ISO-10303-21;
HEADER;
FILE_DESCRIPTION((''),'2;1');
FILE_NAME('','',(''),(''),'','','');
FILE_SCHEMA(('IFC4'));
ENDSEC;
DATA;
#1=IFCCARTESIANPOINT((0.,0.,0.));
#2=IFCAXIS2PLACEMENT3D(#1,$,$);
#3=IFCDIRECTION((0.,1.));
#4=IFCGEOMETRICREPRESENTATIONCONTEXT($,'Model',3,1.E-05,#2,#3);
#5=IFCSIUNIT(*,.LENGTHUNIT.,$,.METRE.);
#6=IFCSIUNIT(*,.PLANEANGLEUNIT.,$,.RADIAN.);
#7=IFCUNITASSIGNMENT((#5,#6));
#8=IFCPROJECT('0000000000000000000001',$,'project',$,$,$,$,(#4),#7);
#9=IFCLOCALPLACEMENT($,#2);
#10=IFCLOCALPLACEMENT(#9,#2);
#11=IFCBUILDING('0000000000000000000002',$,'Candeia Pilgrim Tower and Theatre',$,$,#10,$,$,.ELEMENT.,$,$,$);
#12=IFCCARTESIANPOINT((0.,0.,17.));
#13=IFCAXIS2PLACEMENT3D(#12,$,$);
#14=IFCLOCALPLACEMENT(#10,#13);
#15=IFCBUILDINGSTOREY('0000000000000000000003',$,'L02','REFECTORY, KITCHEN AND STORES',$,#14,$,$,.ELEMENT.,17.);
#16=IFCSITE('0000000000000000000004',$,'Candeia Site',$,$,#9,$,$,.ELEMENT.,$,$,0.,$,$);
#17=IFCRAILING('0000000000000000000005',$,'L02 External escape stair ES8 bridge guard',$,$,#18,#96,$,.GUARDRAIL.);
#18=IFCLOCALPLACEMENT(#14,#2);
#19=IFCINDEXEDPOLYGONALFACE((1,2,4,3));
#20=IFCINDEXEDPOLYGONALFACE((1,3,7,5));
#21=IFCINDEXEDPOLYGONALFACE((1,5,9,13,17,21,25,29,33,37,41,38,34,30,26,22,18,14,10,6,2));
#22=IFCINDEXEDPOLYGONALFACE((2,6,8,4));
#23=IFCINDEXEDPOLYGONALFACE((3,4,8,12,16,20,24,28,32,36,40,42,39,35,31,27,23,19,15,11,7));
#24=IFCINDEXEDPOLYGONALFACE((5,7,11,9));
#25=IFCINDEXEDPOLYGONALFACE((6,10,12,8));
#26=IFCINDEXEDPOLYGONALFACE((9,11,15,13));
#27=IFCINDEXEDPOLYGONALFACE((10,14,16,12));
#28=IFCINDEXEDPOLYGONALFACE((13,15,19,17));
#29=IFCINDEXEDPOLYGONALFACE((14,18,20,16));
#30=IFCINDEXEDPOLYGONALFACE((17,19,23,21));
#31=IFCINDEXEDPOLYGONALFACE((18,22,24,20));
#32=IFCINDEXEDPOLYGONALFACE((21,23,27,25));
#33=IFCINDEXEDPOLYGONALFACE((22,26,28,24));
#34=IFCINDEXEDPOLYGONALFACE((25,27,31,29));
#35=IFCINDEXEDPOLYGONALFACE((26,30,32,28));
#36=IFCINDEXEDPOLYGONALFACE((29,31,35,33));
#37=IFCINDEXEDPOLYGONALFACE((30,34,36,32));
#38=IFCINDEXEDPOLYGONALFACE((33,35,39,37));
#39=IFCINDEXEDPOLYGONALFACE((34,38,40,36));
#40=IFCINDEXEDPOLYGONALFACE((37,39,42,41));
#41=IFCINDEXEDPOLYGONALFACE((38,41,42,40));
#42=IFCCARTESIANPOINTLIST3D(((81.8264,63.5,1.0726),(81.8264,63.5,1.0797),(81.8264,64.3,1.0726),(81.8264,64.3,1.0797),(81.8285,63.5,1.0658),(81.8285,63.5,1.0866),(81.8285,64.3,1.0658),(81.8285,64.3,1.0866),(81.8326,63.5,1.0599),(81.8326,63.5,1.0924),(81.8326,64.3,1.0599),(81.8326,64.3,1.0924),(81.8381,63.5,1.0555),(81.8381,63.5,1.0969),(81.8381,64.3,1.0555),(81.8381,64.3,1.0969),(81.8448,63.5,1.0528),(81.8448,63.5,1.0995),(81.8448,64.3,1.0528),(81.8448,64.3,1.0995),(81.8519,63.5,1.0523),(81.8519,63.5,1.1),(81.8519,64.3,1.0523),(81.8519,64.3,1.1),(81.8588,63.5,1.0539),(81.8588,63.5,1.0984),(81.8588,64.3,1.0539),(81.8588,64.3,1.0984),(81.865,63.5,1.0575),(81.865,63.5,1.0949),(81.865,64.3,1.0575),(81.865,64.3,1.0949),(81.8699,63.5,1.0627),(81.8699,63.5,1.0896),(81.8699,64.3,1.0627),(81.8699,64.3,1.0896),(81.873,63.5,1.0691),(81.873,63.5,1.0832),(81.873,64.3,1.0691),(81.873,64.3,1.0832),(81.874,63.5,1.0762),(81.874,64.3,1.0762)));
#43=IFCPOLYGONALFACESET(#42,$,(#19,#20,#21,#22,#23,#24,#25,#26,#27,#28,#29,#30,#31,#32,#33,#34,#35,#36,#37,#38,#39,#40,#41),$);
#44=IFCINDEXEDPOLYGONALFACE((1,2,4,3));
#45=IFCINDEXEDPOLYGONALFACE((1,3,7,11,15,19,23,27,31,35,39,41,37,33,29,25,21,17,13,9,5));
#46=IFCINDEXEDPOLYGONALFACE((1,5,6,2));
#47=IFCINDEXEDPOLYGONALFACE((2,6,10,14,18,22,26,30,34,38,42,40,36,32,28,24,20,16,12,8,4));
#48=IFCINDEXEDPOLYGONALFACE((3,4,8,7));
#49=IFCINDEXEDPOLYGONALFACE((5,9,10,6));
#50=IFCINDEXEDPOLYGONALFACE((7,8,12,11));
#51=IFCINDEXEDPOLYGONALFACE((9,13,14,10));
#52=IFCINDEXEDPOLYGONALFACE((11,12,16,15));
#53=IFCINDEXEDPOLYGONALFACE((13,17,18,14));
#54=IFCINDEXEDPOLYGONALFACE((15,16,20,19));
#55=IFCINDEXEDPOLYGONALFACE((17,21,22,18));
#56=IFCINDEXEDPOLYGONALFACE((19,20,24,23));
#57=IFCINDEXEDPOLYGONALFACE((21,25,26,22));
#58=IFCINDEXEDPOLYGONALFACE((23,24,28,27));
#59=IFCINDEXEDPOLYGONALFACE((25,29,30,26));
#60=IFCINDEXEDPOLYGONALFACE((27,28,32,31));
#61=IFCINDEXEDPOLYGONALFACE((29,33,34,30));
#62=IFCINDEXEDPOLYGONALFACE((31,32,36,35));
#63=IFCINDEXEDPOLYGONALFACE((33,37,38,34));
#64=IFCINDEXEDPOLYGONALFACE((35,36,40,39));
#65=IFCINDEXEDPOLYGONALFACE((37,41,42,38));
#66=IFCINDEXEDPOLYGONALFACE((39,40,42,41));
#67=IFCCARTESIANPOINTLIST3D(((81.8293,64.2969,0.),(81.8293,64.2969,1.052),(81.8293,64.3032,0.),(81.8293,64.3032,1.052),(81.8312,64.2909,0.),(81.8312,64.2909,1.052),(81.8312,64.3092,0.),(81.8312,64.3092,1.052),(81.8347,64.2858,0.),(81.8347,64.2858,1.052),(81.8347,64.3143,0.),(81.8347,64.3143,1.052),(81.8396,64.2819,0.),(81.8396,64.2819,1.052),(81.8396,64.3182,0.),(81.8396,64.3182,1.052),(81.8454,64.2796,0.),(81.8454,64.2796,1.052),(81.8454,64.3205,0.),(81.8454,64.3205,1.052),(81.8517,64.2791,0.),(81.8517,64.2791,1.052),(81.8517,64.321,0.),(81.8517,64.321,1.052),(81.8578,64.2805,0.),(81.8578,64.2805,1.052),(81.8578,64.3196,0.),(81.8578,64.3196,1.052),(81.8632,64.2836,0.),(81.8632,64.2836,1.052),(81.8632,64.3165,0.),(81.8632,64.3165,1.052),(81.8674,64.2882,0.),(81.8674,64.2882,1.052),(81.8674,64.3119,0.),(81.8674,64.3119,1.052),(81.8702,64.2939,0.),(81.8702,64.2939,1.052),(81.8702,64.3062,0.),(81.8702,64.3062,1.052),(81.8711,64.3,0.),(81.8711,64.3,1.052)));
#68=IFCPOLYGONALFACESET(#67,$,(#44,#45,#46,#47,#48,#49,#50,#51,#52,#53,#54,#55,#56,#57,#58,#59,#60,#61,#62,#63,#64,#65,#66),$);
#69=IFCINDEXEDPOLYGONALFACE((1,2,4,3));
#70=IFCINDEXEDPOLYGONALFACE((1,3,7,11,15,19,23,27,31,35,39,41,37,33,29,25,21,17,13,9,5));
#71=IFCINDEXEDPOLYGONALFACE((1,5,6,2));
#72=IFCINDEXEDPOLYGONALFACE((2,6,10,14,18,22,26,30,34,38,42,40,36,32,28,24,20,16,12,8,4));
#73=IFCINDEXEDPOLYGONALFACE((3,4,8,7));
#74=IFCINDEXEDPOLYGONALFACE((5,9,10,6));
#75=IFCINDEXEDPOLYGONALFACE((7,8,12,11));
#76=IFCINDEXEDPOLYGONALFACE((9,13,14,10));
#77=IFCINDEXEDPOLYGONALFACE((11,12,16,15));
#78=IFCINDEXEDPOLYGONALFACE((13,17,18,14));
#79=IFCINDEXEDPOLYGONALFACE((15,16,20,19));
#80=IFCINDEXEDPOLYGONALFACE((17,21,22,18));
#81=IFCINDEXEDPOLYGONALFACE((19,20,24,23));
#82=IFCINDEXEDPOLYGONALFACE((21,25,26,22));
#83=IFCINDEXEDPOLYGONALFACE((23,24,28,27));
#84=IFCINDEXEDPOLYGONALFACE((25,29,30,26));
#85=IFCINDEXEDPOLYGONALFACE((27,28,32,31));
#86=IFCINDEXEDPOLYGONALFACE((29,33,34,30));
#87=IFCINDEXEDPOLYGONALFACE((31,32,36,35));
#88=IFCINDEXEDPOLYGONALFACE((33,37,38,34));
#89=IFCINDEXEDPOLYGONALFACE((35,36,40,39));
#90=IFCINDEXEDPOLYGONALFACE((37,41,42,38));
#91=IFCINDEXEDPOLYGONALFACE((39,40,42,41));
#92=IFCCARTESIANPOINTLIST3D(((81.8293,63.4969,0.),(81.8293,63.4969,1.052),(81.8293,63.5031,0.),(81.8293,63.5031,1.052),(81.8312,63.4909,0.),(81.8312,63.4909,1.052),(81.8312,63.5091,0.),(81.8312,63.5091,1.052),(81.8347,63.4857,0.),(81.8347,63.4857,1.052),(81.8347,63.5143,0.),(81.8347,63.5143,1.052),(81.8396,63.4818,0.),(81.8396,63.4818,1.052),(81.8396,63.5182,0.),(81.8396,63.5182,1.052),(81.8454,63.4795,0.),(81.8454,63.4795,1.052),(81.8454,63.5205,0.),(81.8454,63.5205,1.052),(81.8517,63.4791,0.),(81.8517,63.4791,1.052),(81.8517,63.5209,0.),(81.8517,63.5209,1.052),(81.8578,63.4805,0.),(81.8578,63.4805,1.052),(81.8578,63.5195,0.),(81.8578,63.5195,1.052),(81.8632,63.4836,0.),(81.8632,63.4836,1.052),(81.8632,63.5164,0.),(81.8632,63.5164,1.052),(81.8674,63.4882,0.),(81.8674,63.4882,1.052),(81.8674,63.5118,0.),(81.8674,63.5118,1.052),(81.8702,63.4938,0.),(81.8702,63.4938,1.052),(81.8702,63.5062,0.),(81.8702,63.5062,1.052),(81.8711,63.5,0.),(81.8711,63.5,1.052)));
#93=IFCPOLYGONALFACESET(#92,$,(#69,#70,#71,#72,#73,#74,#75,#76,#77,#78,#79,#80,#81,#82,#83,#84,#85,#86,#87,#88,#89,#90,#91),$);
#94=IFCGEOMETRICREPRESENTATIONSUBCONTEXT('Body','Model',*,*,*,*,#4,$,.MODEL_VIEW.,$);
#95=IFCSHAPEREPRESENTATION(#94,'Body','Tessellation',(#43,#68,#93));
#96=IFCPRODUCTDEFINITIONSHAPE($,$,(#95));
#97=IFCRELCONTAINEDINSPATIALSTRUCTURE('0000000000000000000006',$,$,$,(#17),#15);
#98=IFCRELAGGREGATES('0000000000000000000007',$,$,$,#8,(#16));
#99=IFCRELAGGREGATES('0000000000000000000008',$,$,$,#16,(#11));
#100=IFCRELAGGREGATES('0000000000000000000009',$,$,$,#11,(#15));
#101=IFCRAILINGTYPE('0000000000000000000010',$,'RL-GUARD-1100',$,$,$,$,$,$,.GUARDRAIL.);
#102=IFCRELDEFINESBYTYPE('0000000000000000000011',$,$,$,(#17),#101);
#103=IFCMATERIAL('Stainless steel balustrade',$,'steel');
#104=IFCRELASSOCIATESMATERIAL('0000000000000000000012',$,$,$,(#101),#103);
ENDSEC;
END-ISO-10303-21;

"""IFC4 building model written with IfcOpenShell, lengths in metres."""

from ifc_helpers import new_model, si_unit, direction, frame, origin, origin_2d, place, context, subcontext, project, spatial, circle, extrude, material, type_object, element, save


model = new_model("IFC4")

# Units and contexts
model_context = context("Model", 3, precision=1e-05, world=origin(), true_north=direction((0.0, 1.0)))
body_context = subcontext(model_context, "Body", "Model", "MODEL_VIEW")
ifc_project = project(units=[si_unit("LENGTHUNIT", "METRE"), si_unit("PLANEANGLEUNIT", "RADIAN")], contexts=[model_context])

# Site, building, storey
site_placement = place(None, origin())
site = spatial("IfcSite", under=ifc_project, at=site_placement, Name="Candeia Site", CompositionType="ELEMENT", RefElevation=0.0)
building_placement = place(site_placement, origin())
building = spatial("IfcBuilding", under=site, at=building_placement, Name="Candeia Pilgrim Tower and Theatre", CompositionType="ELEMENT")
storey_placement = place(building_placement, frame((0.0, 0.0, 17.0)))
storey = spatial("IfcBuildingStorey", under=building, at=storey_placement, Name="L02", Description="REFECTORY, KITCHEN AND STORES", CompositionType="ELEMENT", Elevation=17.0)

# Railing
ifc_material_1 = material(Name="Stainless steel balustrade", Category="steel")
railing_type_1 = type_object("IfcRailingType", Name="RL-GUARD-1100", PredefinedType="GUARDRAIL", material=ifc_material_1)
railing_1_placement = place(storey_placement, frame((81.8501, 64.3, 0.0)))
element("IfcRailing", 1, at=railing_1_placement, inside=storey, type_object=railing_type_1, Name="L02 External escape stair ES8 bridge guard", PredefinedType="GUARDRAIL", context=body_context, shape_type="SweptSolid", body=[
    extrude(circle(Radius=0.0239, at=origin_2d()), frame((0.0, 0.0, 1.0762), z_axis=(0.0, -1.0, 0.0), x_axis=(1.0, 0.0, 0.0)), (0.0, 0.0, 1.0), 0.8),
    extrude(circle(Radius=0.021, at=origin_2d()), origin(), (0.0, 0.0, 1.0), 1.052),
    extrude(circle(Radius=0.021, at=origin_2d()), frame((0.0, -0.8, 0.0)), (0.0, 0.0, 1.0), 1.052),
])

save(model, "model.ifc")
